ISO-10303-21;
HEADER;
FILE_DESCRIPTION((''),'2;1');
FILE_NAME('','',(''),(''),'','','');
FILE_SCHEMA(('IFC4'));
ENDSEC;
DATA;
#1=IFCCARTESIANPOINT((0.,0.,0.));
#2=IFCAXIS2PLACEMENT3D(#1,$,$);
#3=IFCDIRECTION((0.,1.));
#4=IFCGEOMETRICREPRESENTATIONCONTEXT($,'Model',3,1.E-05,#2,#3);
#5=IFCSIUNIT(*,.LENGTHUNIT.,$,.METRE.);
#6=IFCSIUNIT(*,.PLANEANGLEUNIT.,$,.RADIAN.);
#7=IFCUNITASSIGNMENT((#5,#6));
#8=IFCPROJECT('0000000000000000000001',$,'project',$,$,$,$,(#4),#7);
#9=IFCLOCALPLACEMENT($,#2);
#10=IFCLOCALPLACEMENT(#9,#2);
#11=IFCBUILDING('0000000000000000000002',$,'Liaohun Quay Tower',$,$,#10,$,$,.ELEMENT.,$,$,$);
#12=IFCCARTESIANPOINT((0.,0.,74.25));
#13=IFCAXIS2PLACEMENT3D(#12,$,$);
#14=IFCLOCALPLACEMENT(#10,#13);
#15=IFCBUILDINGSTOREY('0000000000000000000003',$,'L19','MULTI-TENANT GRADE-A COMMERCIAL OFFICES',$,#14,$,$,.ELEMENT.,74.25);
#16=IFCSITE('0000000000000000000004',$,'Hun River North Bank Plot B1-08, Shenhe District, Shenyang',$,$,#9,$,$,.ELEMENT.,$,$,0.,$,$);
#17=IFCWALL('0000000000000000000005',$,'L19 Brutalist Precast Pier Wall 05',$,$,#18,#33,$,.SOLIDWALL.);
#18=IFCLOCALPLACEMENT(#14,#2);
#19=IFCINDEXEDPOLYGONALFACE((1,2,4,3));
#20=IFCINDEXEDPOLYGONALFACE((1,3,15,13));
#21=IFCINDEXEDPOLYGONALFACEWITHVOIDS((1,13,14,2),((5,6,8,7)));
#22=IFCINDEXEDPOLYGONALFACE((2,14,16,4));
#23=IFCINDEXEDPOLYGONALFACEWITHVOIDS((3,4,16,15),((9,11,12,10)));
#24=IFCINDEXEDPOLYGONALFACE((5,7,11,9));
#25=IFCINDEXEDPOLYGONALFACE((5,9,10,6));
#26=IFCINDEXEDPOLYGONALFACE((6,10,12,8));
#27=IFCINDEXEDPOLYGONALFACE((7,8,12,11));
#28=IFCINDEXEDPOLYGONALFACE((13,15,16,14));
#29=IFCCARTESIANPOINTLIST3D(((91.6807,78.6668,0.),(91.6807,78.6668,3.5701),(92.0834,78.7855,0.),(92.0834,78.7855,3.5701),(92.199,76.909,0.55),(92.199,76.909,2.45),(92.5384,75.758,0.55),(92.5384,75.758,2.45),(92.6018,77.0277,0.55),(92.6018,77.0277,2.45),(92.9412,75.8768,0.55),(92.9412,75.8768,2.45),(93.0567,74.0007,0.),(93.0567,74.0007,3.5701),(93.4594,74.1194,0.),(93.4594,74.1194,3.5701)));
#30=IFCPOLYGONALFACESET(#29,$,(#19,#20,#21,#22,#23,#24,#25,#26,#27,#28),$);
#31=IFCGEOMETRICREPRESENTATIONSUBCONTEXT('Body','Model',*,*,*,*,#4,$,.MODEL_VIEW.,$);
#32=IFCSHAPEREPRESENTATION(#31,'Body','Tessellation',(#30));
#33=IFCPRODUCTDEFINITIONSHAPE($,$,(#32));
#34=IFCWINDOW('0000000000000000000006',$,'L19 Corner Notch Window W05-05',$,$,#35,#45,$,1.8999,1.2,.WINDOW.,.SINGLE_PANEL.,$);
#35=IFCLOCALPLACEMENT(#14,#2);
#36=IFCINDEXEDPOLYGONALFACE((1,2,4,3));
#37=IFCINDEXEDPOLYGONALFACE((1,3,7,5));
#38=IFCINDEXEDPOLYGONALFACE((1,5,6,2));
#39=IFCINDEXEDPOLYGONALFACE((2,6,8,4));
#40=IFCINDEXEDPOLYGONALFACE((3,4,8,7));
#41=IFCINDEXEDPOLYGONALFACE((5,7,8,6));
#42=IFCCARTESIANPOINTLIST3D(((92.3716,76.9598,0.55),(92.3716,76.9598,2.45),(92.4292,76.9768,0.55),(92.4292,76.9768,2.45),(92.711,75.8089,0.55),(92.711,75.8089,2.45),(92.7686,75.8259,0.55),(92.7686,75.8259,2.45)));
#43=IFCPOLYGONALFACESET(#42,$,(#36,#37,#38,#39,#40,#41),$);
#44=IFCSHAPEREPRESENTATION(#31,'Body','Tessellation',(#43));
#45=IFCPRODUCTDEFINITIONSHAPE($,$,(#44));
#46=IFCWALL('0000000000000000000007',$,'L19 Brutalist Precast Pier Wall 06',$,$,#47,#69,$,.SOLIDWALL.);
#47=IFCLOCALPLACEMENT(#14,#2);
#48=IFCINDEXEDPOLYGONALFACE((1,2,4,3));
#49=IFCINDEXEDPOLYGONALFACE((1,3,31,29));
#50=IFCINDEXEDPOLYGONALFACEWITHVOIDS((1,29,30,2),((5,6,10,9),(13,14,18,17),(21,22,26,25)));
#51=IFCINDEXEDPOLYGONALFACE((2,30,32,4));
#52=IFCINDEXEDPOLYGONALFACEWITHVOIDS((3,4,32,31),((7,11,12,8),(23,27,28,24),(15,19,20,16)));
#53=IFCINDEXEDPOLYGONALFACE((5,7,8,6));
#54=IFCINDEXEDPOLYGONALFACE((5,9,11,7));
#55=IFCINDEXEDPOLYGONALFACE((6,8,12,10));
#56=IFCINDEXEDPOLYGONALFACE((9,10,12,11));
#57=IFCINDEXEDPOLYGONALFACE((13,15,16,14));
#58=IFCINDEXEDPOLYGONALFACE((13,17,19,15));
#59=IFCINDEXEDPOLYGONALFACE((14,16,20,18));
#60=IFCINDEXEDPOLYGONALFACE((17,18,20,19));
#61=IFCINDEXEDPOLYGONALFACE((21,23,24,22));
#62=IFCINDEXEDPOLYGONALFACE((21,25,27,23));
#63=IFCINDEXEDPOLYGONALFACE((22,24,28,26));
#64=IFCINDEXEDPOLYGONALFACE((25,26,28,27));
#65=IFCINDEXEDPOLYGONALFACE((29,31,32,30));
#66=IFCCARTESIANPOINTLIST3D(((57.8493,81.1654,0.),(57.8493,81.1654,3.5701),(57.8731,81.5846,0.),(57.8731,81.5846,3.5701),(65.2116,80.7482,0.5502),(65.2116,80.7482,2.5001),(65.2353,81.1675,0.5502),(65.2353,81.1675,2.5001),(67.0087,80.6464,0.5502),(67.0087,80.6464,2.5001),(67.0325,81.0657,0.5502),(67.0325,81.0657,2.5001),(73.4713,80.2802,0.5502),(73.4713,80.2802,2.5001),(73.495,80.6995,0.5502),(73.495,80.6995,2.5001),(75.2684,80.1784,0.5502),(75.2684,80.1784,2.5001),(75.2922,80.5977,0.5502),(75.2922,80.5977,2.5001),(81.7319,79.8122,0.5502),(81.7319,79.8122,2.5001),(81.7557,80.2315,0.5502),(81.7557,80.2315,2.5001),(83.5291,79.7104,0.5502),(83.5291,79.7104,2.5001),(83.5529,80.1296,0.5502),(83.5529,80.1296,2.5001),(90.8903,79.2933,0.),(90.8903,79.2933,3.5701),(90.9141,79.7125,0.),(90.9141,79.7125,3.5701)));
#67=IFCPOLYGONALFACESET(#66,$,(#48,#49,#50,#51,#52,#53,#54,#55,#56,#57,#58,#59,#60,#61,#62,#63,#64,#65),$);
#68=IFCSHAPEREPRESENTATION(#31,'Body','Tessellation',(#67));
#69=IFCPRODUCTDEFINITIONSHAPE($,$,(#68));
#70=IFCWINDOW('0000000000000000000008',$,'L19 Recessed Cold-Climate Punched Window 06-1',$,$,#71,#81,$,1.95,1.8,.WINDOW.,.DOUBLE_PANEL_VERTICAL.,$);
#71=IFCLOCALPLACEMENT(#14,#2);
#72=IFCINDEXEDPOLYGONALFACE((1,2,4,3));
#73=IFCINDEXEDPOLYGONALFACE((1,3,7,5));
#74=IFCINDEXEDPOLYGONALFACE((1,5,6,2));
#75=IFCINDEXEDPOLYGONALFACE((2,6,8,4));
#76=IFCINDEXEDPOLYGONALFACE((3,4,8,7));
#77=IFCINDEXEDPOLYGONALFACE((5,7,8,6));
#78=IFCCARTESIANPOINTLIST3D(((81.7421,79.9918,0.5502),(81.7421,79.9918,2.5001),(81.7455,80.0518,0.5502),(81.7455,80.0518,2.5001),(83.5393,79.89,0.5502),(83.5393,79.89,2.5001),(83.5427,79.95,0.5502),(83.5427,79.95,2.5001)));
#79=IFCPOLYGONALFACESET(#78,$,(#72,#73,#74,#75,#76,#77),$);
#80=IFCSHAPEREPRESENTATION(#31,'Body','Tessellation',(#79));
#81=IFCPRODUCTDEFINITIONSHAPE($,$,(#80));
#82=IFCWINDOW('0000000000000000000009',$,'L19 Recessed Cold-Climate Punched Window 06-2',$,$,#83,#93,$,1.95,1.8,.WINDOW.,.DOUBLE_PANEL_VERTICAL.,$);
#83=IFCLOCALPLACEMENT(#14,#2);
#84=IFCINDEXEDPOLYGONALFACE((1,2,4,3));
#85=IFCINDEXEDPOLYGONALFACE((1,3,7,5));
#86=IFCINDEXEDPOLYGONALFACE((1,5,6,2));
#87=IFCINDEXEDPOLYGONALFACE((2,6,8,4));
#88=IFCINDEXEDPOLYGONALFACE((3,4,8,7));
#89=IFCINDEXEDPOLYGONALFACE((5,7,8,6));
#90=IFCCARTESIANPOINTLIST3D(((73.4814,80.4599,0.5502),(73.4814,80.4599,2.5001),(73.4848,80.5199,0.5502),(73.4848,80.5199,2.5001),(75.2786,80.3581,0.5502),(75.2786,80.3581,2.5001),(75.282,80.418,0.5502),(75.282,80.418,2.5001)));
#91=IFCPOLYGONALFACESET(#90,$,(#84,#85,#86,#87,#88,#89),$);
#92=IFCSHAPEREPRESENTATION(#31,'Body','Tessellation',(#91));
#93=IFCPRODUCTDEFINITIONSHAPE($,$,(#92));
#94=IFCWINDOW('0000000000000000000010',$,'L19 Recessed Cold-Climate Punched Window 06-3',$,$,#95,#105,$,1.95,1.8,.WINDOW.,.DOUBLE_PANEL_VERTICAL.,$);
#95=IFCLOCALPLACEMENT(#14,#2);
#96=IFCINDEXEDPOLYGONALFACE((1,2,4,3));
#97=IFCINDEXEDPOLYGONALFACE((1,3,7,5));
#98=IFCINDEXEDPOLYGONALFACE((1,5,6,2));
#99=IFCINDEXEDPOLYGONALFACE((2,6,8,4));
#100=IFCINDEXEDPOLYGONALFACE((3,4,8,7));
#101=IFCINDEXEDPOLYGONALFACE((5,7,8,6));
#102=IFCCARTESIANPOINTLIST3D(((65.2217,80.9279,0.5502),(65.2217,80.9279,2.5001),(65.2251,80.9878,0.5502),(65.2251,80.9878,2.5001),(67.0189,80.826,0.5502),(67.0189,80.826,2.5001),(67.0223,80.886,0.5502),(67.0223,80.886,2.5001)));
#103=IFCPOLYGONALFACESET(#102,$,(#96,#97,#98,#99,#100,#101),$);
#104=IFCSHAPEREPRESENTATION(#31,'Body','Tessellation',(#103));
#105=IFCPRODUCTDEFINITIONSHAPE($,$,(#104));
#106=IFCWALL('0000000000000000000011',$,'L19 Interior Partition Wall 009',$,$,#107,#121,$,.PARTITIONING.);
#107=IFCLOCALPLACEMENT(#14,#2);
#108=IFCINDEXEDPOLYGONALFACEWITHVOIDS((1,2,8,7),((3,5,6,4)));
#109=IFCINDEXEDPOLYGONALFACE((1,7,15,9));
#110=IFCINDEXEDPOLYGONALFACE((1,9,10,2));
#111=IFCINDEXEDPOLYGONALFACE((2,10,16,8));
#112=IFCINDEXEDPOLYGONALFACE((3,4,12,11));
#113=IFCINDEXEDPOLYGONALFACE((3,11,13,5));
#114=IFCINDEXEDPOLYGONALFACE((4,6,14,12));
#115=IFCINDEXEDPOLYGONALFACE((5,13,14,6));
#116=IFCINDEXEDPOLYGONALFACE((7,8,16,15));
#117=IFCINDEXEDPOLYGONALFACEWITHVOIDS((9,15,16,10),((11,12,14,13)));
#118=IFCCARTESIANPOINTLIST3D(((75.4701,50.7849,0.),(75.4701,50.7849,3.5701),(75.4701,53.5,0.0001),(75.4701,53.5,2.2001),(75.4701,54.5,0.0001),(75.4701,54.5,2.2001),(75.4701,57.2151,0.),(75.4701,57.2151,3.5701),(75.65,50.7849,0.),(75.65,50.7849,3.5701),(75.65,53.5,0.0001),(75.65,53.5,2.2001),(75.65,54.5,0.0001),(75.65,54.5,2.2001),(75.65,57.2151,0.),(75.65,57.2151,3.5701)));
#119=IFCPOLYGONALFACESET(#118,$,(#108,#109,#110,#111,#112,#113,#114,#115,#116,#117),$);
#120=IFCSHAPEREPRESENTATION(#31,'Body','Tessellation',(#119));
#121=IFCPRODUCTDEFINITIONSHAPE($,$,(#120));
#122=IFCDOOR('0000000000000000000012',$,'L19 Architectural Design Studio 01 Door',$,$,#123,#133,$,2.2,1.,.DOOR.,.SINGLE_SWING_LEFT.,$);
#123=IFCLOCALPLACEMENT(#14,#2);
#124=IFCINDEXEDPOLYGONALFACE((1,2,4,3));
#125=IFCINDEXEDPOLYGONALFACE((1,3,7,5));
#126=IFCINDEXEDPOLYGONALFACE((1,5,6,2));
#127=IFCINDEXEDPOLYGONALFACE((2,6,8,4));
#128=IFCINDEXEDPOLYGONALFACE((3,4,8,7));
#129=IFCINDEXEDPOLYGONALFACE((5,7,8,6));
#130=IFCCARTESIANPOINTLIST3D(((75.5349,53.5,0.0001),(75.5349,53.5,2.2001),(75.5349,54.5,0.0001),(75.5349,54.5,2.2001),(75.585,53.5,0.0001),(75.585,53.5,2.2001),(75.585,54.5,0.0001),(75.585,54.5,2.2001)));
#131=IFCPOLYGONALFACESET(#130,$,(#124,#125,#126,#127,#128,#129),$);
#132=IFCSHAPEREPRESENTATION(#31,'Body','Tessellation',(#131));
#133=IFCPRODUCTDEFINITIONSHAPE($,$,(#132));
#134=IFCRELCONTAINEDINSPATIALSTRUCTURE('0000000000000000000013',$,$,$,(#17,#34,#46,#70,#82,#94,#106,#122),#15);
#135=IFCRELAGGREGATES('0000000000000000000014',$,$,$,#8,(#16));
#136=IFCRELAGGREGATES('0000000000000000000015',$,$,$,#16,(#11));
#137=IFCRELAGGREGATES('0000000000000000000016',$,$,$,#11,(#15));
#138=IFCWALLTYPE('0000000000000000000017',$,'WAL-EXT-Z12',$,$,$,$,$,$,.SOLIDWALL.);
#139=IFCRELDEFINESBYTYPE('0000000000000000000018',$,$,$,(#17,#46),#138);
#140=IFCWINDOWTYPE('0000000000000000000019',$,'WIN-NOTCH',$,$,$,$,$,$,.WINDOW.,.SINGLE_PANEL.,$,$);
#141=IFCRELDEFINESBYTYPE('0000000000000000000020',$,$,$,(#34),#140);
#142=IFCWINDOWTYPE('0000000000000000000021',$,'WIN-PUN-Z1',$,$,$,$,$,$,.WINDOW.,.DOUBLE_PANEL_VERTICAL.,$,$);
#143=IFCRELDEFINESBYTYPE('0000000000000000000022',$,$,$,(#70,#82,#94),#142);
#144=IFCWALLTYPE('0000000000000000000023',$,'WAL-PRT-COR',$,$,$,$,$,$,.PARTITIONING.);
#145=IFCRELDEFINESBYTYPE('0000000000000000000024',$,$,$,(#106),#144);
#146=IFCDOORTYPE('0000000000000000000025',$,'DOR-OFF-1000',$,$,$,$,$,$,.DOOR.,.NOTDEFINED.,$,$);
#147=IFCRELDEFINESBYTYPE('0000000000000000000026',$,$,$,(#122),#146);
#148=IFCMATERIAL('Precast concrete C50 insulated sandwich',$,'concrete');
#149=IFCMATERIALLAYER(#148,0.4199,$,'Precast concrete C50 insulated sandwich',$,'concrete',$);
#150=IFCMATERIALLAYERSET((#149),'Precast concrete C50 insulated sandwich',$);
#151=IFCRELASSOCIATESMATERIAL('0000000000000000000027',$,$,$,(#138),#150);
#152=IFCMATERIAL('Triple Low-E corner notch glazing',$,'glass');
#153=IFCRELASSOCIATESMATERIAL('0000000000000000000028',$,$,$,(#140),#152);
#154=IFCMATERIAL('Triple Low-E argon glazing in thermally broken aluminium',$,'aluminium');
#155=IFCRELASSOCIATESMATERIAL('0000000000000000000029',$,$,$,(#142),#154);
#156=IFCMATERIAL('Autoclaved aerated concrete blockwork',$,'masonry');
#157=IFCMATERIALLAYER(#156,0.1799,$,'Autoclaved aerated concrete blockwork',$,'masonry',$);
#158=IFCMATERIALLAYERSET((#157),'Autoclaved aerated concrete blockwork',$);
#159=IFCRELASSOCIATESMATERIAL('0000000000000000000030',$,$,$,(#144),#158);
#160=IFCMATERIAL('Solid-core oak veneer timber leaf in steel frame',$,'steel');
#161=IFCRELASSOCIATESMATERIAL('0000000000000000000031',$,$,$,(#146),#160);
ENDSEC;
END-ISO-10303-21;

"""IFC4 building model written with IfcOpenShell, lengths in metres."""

from ifc_helpers import new_model, si_unit, direction, frame, frame_2d, origin, place, context, subcontext, project, spatial, rectangle, extrude, source, transform, mapped, material, layer, layer_set, type_object, element, fill, save


model = new_model("IFC4")

# Units and contexts
model_context = context("Model", 3, precision=1e-05, world=origin(), true_north=direction((0.0, 1.0)))
body_context = subcontext(model_context, "Body", "Model", "MODEL_VIEW")
ifc_project = project(units=[si_unit("LENGTHUNIT", "METRE"), si_unit("PLANEANGLEUNIT", "RADIAN")], contexts=[model_context])

# Site, building, storey
site_placement = place(None, origin())
site = spatial("IfcSite", under=ifc_project, at=site_placement, Name="Hun River North Bank Plot B1-08, Shenhe District, Shenyang", CompositionType="ELEMENT", RefElevation=0.0)
building_placement = place(site_placement, origin())
building = spatial("IfcBuilding", under=site, at=building_placement, Name="Liaohun Quay Tower", CompositionType="ELEMENT")
storey_placement = place(building_placement, frame((0.0, 0.0, 74.25)))
storey = spatial("IfcBuildingStorey", under=building, at=storey_placement, Name="L19", Description="MULTI-TENANT GRADE-A COMMERCIAL OFFICES", CompositionType="ELEMENT", Elevation=74.25)

# Wall, opening, window
ifc_material_1 = material(Name="Precast concrete C50 insulated sandwich", Category="concrete")
ifc_layer_1 = layer(ifc_material_1, 0.4199, Name="Precast concrete C50 insulated sandwich", Category="concrete")
ifc_layer_set_1 = layer_set([ifc_layer_1], Name="Precast concrete C50 insulated sandwich")
wall_type_1 = type_object("IfcWallType", Name="WAL-EXT-Z12", PredefinedType="SOLIDWALL", material=ifc_layer_set_1)
shared_shape_1 = source(origin(), body_context, "Body", "SweptSolid", [
    extrude(rectangle(XDim=1.2, YDim=1.8999, at=frame_2d((0.6001, 0.95))), frame((0.0, 0.22, 0.0), z_axis=(0.0, -1.0, 0.0), x_axis=(1.0, 0.0, 0.0)), (0.0, 0.0, 1.0), 0.4399),
])
ifc_material_2 = material(Name="Triple Low-E corner notch glazing", Category="glass")
window_type_1 = type_object("IfcWindowType", Name="WIN-NOTCH", PartitioningType="SINGLE_PANEL", PredefinedType="WINDOW", material=ifc_material_2)
shared_shape_2 = source(origin(), body_context, "Body", "SweptSolid", [
    extrude(rectangle(XDim=1.2, YDim=1.8999, at=frame_2d((0.6001, 0.95))), frame((0.0, 0.03, 0.0), z_axis=(0.0, -1.0, 0.0), x_axis=(1.0, 0.0, 0.0)), (0.0, 0.0, 1.0), 0.0601),
])
wall_1_placement = place(storey_placement, frame((93.2581, 74.0601, 0.0), z_axis=(0.0, 0.0, 1.0), x_axis=(-0.282851, 0.959164, 0.0)))
wall_1 = element("IfcWall", 1, at=wall_1_placement, inside=storey, type_object=wall_type_1, Name="L19 Brutalist Precast Pier Wall 05", PredefinedType="SOLIDWALL", context=body_context, shape_type="SweptSolid", body=[
    extrude(rectangle(XDim=4.8647, YDim=0.4199, at=frame_2d((2.4324, 0.0))), origin(), (0.0, 0.0, 1.0), 3.5701),
])
opening_1_placement = place(wall_1_placement, frame((1.832, 0.0, 0.55)))
opening_1 = element("IfcOpeningElement", 2, at=opening_1_placement, cuts=wall_1, PredefinedType="OPENING", context=body_context, shape_type="MappedRepresentation", body=[
    mapped(shared_shape_1, transform((0.0, 0.0, 0.0), x_axis=(1.0, 0.0, 0.0), y_axis=(0.0, 1.0, 0.0), z_axis=(0.0, 0.0, 1.0), scale=1.0)),
])
window_1_placement = place(opening_1_placement, origin())
window_1 = element("IfcWindow", 3, at=window_1_placement, inside=storey, type_object=window_type_1, Name="L19 Corner Notch Window W05-05", OverallHeight=1.8999, OverallWidth=1.2, PartitioningType="SINGLE_PANEL", PredefinedType="WINDOW", context=body_context, shape_type="MappedRepresentation", body=[
    mapped(shared_shape_2, transform((0.0, 0.0, 0.0), x_axis=(1.0, 0.0, 0.0), y_axis=(0.0, 1.0, 0.0), z_axis=(0.0, 0.0, 1.0), scale=1.0)),
])
fill(opening_1, window_1)

# Wall, openings, windows
wall_2_placement = place(storey_placement, frame((90.9021, 79.5029, 0.0), z_axis=(0.0, 0.0, 1.0), x_axis=(-0.998399, 0.056568, 0.0)))
wall_2 = element("IfcWall", 4, at=wall_2_placement, inside=storey, type_object=wall_type_1, Name="L19 Brutalist Precast Pier Wall 06", PredefinedType="SOLIDWALL", context=body_context, shape_type="SweptSolid", body=[
    extrude(rectangle(XDim=33.094, YDim=0.4199, at=frame_2d((16.5469, 0.0))), origin(), (0.0, 0.0, 1.0), 3.5701),
])
shared_shape_3 = source(origin(), body_context, "Body", "SweptSolid", [
    extrude(rectangle(XDim=1.8, YDim=1.95, at=frame_2d((0.8999, 0.9751))), frame((0.0, 0.22, 0.0), z_axis=(0.0, -1.0, 0.0), x_axis=(1.0, 0.0, 0.0)), (0.0, 0.0, 1.0), 0.4399),
])
opening_2_placement = place(wall_2_placement, frame((7.373, 0.0, 0.55)))
opening_2 = element("IfcOpeningElement", 5, at=opening_2_placement, cuts=wall_2, PredefinedType="OPENING", context=body_context, shape_type="MappedRepresentation", body=[
    mapped(shared_shape_3, transform((0.0, 0.0, 0.0), x_axis=(1.0, 0.0, 0.0), y_axis=(0.0, 1.0, 0.0), z_axis=(0.0, 0.0, 1.0), scale=1.0)),
])
opening_3_placement = place(wall_2_placement, frame((15.647, 0.0, 0.55)))
opening_3 = element("IfcOpeningElement", 6, at=opening_3_placement, cuts=wall_2, PredefinedType="OPENING", context=body_context, shape_type="MappedRepresentation", body=[
    mapped(shared_shape_3, transform((0.0, 0.0, 0.0), x_axis=(1.0, 0.0, 0.0), y_axis=(0.0, 1.0, 0.0), z_axis=(0.0, 0.0, 1.0), scale=1.0)),
])
opening_4_placement = place(wall_2_placement, frame((23.9199, 0.0, 0.55)))
opening_4 = element("IfcOpeningElement", 7, at=opening_4_placement, cuts=wall_2, PredefinedType="OPENING", context=body_context, shape_type="MappedRepresentation", body=[
    mapped(shared_shape_3, transform((0.0, 0.0, 0.0), x_axis=(1.0, 0.0, 0.0), y_axis=(0.0, 1.0, 0.0), z_axis=(0.0, 0.0, 1.0), scale=1.0)),
])
ifc_material_3 = material(Name="Triple Low-E argon glazing in thermally broken aluminium", Category="aluminium")
window_type_2 = type_object("IfcWindowType", Name="WIN-PUN-Z1", PartitioningType="DOUBLE_PANEL_VERTICAL", PredefinedType="WINDOW", material=ifc_material_3)
shared_shape_4 = source(origin(), body_context, "Body", "SweptSolid", [
    extrude(rectangle(XDim=1.8, YDim=1.95, at=frame_2d((0.8999, 0.9751))), frame((0.0, 0.03, 0.0), z_axis=(0.0, -1.0, 0.0), x_axis=(1.0, 0.0, 0.0)), (0.0, 0.0, 1.0), 0.0601),
])
window_2_placement = place(opening_2_placement, origin())
window_2 = element("IfcWindow", 8, at=window_2_placement, inside=storey, type_object=window_type_2, Name="L19 Recessed Cold-Climate Punched Window 06-1", OverallHeight=1.95, OverallWidth=1.8, PartitioningType="DOUBLE_PANEL_VERTICAL", PredefinedType="WINDOW", context=body_context, shape_type="MappedRepresentation", body=[
    mapped(shared_shape_4, transform((0.0, 0.0, 0.0), x_axis=(1.0, 0.0, 0.0), y_axis=(0.0, 1.0, 0.0), z_axis=(0.0, 0.0, 1.0), scale=1.0)),
])
fill(opening_2, window_2)
window_3_placement = place(opening_3_placement, origin())
window_3 = element("IfcWindow", 9, at=window_3_placement, inside=storey, type_object=window_type_2, Name="L19 Recessed Cold-Climate Punched Window 06-2", OverallHeight=1.95, OverallWidth=1.8, PartitioningType="DOUBLE_PANEL_VERTICAL", PredefinedType="WINDOW", context=body_context, shape_type="MappedRepresentation", body=[
    mapped(shared_shape_4, transform((0.0, 0.0, 0.0), x_axis=(1.0, 0.0, 0.0), y_axis=(0.0, 1.0, 0.0), z_axis=(0.0, 0.0, 1.0), scale=1.0)),
])
fill(opening_3, window_3)
window_4_placement = place(opening_4_placement, origin())
window_4 = element("IfcWindow", 10, at=window_4_placement, inside=storey, type_object=window_type_2, Name="L19 Recessed Cold-Climate Punched Window 06-3", OverallHeight=1.95, OverallWidth=1.8, PartitioningType="DOUBLE_PANEL_VERTICAL", PredefinedType="WINDOW", context=body_context, shape_type="MappedRepresentation", body=[
    mapped(shared_shape_4, transform((0.0, 0.0, 0.0), x_axis=(1.0, 0.0, 0.0), y_axis=(0.0, 1.0, 0.0), z_axis=(0.0, 0.0, 1.0), scale=1.0)),
])
fill(opening_4, window_4)

# Wall, opening, door
ifc_material_4 = material(Name="Autoclaved aerated concrete blockwork", Category="masonry")
ifc_layer_2 = layer(ifc_material_4, 0.1799, Name="Autoclaved aerated concrete blockwork", Category="masonry")
ifc_layer_set_2 = layer_set([ifc_layer_2], Name="Autoclaved aerated concrete blockwork")
wall_type_2 = type_object("IfcWallType", Name="WAL-PRT-COR", PredefinedType="PARTITIONING", material=ifc_layer_set_2)
wall_3_placement = place(storey_placement, frame((75.5601, 57.2151, 0.0), z_axis=(0.0, 0.0, 1.0), x_axis=(0.0, -1.0, 0.0)))
wall_3 = element("IfcWall", 11, at=wall_3_placement, inside=storey, type_object=wall_type_2, Name="L19 Interior Partition Wall 009", PredefinedType="PARTITIONING", context=body_context, shape_type="SweptSolid", body=[
    extrude(rectangle(XDim=6.4302, YDim=0.1799, at=frame_2d((3.2151, 0.0))), origin(), (0.0, 0.0, 1.0), 3.5701),
])
shared_shape_5 = source(origin(), body_context, "Body", "SweptSolid", [
    extrude(rectangle(XDim=1.0, YDim=2.2, at=frame_2d((0.5, 1.1001))), frame((0.0, 0.0999, 0.0), z_axis=(0.0, -1.0, 0.0), x_axis=(1.0, 0.0, 0.0)), (0.0, 0.0, 1.0), 0.2),
])
opening_5_placement = place(wall_3_placement, frame((2.7151, 0.0, 0.0)))
opening_5 = element("IfcOpeningElement", 12, at=opening_5_placement, cuts=wall_3, PredefinedType="OPENING", context=body_context, shape_type="MappedRepresentation", body=[
    mapped(shared_shape_5, transform((0.0, 0.0, 0.0), x_axis=(1.0, 0.0, 0.0), y_axis=(0.0, 1.0, 0.0), z_axis=(0.0, 0.0, 1.0), scale=1.0)),
])
ifc_material_5 = material(Name="Solid-core oak veneer timber leaf in steel frame", Category="steel")
door_type = type_object("IfcDoorType", Name="DOR-OFF-1000", OperationType="NOTDEFINED", PredefinedType="DOOR", material=ifc_material_5)
shared_shape_6 = source(origin(), body_context, "Body", "SweptSolid", [
    extrude(rectangle(XDim=1.0, YDim=2.2, at=frame_2d((0.5, 1.1001))), frame((0.0, 0.0249, 0.0), z_axis=(0.0, -1.0, 0.0), x_axis=(1.0, 0.0, 0.0)), (0.0, 0.0, 1.0), 0.05),
])
door_1_placement = place(opening_5_placement, origin())
door_1 = element("IfcDoor", 13, at=door_1_placement, inside=storey, type_object=door_type, Name="L19 Architectural Design Studio 01 Door", OperationType="SINGLE_SWING_LEFT", OverallHeight=2.2, OverallWidth=1.0, PredefinedType="DOOR", context=body_context, shape_type="MappedRepresentation", body=[
    mapped(shared_shape_6, transform((0.0, 0.0, 0.0), x_axis=(1.0, 0.0, 0.0), y_axis=(0.0, 1.0, 0.0), z_axis=(0.0, 0.0, 1.0), scale=1.0)),
])
fill(opening_5, door_1)

save(model, "model.ifc")
